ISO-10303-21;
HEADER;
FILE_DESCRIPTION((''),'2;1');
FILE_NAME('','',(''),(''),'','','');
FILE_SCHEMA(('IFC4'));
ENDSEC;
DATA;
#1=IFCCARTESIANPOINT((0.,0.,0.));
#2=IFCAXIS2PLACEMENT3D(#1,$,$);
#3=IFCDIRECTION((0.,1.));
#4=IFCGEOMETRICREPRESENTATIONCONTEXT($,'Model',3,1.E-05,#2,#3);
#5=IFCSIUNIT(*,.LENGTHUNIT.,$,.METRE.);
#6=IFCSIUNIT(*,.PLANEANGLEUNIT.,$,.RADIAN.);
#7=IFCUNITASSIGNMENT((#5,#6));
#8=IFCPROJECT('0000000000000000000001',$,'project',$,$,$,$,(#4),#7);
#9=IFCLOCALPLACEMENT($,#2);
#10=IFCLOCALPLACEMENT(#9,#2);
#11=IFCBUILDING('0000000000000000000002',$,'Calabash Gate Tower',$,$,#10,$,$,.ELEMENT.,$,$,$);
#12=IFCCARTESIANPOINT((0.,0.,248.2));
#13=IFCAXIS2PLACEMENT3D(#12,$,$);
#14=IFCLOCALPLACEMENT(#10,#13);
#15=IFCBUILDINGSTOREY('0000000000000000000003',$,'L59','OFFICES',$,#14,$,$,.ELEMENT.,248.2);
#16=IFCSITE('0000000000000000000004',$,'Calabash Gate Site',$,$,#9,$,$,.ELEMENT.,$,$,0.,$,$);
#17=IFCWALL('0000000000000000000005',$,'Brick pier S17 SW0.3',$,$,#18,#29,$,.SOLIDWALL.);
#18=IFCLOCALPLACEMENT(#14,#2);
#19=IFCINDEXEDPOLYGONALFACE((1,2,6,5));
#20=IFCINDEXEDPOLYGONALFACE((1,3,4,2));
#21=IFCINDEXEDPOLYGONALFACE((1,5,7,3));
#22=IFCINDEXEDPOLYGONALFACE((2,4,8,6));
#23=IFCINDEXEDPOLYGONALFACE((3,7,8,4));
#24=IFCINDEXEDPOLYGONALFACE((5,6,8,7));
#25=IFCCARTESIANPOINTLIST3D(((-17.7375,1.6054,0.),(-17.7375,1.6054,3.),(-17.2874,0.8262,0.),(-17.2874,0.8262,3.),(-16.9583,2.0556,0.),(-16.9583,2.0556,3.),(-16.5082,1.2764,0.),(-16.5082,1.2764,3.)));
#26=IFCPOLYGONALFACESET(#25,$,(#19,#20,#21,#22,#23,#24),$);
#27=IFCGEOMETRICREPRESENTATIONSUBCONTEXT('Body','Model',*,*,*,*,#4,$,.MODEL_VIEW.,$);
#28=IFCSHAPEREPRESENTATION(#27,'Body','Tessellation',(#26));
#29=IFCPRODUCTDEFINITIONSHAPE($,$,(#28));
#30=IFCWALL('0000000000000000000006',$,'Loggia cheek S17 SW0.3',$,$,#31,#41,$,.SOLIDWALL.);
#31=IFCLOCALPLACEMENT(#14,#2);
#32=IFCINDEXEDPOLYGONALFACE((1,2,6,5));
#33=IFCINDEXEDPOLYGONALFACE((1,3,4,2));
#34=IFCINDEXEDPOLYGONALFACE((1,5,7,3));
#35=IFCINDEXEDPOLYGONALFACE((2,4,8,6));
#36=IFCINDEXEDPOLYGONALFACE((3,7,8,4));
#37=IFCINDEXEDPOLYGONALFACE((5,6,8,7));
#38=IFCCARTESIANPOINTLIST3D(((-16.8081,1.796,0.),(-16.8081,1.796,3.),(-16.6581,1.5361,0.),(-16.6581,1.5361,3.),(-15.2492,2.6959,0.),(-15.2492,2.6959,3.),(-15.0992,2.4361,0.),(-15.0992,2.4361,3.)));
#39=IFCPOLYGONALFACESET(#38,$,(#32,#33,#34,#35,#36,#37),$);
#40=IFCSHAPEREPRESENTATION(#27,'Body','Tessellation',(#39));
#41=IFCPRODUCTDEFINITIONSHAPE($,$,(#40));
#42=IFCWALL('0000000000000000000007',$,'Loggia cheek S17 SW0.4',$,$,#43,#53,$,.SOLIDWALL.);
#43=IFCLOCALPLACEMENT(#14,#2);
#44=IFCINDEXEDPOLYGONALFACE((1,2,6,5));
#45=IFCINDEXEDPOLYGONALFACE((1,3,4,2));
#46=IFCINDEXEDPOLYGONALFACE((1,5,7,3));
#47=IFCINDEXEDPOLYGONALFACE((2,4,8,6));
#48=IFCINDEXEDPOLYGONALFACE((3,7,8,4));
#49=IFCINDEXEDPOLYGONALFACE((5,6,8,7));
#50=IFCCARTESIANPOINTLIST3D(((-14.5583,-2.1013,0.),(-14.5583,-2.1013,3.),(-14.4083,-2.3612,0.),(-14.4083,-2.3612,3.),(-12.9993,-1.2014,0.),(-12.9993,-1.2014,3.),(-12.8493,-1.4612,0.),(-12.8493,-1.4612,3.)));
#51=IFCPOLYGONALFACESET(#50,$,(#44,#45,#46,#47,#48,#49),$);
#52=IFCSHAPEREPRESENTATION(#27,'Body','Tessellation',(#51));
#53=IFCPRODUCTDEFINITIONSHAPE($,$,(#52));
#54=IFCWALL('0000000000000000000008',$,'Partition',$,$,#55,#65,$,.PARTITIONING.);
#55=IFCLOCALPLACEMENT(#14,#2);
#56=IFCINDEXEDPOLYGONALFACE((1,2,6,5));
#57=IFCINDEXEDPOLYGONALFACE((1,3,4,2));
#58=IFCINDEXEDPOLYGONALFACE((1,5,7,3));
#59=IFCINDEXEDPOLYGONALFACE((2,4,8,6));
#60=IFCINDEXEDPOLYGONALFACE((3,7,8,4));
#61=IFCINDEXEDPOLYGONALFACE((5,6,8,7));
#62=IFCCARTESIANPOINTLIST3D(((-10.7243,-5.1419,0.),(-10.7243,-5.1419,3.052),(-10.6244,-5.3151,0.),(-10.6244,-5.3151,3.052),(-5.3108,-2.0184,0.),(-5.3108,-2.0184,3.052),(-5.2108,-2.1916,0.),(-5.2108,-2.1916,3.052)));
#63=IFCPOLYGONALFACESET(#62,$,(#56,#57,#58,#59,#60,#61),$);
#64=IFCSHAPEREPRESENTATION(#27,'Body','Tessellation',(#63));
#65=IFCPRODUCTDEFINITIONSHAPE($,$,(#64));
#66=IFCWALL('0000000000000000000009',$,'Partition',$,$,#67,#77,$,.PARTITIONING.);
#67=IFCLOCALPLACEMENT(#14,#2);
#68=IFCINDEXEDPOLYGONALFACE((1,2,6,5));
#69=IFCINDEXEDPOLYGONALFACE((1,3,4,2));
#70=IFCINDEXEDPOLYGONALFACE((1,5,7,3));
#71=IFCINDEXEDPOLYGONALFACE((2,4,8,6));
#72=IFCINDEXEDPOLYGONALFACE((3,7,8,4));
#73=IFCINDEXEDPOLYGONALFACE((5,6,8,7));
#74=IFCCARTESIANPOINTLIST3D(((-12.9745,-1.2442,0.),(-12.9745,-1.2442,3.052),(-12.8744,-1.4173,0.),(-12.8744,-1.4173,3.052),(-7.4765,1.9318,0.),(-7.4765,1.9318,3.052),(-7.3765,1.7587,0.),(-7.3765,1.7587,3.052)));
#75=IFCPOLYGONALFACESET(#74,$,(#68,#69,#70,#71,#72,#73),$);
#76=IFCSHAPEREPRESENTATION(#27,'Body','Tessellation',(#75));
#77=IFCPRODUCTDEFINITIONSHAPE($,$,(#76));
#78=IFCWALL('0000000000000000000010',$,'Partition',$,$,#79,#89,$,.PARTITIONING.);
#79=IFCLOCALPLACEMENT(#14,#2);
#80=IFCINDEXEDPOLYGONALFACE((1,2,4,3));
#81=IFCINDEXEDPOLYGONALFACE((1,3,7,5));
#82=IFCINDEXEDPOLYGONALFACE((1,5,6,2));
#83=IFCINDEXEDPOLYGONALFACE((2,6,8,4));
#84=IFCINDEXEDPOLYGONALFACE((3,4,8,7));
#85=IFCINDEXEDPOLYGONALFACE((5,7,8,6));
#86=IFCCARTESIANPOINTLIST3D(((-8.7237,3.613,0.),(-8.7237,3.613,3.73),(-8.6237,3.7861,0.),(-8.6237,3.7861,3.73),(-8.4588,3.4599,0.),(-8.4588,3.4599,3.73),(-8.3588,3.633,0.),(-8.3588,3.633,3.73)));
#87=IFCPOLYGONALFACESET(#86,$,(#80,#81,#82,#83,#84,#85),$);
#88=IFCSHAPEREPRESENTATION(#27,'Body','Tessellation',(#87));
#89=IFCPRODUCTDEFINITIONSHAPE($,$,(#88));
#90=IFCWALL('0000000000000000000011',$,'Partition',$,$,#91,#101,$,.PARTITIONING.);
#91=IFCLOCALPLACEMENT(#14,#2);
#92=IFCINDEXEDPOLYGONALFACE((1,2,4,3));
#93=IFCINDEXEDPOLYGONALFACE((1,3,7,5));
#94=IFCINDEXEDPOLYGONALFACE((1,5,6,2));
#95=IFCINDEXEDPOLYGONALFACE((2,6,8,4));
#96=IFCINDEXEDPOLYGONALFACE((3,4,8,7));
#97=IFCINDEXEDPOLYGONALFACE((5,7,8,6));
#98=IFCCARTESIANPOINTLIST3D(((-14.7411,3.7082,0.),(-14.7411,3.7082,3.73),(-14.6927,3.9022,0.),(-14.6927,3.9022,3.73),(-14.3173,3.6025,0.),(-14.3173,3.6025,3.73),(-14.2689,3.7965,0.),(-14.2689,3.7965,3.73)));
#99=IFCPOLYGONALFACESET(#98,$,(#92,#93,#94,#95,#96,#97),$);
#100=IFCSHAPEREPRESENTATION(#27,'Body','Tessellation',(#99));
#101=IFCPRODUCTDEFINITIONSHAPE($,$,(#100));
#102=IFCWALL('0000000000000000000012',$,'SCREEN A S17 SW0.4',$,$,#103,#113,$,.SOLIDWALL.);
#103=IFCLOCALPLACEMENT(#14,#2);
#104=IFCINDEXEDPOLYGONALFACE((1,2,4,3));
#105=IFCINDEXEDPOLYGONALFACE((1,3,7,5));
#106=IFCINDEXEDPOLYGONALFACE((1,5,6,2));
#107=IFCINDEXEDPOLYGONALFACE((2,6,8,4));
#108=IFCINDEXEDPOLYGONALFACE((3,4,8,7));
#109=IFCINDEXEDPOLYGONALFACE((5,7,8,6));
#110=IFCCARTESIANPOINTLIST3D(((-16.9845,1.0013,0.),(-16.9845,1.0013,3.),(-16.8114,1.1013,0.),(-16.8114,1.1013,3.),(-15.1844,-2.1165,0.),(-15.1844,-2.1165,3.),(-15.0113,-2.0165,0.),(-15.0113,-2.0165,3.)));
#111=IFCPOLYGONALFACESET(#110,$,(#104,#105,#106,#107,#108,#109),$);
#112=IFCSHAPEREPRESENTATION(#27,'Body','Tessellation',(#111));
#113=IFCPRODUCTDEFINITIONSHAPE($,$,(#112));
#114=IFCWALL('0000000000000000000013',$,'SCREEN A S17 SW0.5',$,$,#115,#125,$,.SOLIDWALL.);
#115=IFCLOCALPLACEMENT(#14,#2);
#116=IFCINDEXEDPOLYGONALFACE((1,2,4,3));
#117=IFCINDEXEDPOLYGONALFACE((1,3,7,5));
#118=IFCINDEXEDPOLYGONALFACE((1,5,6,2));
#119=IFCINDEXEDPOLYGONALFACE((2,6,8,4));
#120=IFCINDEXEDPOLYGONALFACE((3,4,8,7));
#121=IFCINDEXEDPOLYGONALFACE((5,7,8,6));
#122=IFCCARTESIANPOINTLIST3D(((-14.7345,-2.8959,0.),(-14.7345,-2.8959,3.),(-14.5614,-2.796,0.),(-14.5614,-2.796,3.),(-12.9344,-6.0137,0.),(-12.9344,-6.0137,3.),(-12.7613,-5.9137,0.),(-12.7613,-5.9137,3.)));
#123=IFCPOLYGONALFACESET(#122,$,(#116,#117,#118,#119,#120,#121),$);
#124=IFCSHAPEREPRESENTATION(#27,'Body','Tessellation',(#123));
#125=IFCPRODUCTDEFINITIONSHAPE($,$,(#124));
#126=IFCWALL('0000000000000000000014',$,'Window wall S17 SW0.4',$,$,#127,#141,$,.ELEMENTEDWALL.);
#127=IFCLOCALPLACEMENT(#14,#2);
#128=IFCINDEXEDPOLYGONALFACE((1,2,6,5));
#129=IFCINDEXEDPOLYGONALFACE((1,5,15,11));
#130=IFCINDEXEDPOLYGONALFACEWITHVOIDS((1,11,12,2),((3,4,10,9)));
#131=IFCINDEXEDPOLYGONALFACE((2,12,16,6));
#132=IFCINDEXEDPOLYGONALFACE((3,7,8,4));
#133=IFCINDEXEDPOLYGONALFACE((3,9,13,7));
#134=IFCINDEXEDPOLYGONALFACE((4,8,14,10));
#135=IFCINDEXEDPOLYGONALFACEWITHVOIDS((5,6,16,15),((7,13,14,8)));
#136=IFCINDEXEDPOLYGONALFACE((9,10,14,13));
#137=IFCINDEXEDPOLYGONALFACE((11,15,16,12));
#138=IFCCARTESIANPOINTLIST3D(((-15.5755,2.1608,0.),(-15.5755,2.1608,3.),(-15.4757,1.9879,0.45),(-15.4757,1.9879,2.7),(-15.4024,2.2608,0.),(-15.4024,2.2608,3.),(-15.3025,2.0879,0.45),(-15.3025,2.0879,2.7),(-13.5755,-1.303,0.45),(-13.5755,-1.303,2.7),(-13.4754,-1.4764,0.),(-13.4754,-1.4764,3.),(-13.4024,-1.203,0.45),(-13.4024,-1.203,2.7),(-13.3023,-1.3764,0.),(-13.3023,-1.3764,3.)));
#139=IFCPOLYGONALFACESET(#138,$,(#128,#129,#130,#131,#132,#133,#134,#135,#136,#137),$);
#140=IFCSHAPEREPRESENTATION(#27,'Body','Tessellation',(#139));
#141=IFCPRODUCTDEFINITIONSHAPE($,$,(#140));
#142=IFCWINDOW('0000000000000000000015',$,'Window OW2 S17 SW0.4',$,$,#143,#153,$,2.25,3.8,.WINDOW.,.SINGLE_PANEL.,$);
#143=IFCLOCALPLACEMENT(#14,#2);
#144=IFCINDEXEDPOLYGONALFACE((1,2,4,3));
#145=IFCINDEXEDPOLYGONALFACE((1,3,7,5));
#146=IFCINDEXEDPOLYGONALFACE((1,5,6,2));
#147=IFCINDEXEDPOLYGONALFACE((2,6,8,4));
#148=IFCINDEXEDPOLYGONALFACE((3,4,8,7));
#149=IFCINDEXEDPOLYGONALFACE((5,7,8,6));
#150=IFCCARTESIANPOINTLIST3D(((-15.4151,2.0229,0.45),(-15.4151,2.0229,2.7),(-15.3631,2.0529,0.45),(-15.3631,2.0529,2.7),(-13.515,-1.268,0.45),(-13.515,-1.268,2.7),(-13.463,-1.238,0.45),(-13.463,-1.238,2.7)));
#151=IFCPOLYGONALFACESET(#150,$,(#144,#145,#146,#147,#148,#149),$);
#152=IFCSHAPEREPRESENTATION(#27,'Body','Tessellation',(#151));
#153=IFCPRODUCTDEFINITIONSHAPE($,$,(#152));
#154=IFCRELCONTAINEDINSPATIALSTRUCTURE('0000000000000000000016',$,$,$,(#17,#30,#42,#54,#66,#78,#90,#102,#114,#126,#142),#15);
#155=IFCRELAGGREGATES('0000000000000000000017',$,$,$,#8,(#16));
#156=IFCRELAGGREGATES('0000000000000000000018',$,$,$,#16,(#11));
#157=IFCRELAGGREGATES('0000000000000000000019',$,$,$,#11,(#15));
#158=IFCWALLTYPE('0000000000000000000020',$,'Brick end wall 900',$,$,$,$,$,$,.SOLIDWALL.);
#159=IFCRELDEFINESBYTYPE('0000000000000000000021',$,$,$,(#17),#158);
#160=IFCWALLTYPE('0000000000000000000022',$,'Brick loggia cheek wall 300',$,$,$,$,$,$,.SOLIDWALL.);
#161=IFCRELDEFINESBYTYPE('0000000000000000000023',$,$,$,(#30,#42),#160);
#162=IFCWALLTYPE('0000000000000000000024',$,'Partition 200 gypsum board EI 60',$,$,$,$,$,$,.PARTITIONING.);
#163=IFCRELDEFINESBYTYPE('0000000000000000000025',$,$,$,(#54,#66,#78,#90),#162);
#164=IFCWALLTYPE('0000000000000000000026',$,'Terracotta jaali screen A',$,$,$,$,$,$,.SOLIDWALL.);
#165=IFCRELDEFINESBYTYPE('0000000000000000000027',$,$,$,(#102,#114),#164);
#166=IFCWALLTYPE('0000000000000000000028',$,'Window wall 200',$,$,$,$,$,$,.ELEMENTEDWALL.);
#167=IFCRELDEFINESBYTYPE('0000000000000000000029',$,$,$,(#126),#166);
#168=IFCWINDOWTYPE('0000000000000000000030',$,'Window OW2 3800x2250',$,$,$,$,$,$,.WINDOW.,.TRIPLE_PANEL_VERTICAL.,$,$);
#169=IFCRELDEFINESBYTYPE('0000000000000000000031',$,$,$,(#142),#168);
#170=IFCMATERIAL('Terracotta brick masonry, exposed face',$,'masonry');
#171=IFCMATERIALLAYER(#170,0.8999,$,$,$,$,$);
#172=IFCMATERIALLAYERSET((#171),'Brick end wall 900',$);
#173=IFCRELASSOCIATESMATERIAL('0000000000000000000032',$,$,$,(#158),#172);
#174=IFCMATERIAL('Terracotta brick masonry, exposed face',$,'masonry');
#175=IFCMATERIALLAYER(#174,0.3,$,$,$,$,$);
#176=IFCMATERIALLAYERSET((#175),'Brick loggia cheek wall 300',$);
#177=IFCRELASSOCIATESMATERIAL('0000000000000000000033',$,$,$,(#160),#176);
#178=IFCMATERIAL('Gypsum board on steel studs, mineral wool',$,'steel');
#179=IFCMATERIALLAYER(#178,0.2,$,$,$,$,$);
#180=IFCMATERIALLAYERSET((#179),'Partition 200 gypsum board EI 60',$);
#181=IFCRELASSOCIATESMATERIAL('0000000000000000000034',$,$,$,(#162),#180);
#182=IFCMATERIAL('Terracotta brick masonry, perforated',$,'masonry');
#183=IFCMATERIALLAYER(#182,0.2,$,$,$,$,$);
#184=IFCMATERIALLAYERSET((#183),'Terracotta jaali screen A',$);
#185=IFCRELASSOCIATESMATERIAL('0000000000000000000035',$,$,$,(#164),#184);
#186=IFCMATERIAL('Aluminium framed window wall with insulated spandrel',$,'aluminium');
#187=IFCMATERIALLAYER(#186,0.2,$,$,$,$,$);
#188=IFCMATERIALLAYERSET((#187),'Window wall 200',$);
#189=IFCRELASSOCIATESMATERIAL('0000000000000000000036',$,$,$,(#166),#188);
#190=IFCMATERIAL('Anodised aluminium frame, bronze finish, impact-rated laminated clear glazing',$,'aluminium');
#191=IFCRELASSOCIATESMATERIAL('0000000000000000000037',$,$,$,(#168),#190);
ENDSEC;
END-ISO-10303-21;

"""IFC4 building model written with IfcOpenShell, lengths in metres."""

from ifc_helpers import new_model, si_unit, direction, frame, frame_2d, origin, place, context, subcontext, project, spatial, rectangle, extrude, material, layer, layer_set, type_object, element, fill, save


model = new_model("IFC4")

# Units and contexts
model_context = context("Model", 3, precision=1e-05, world=origin(), true_north=direction((0.0, 1.0)))
body_context = subcontext(model_context, "Body", "Model", "MODEL_VIEW")
ifc_project = project(units=[si_unit("LENGTHUNIT", "METRE"), si_unit("PLANEANGLEUNIT", "RADIAN")], contexts=[model_context])

# Site, building, storey
site_placement = place(None, origin())
site = spatial("IfcSite", under=ifc_project, at=site_placement, Name="Calabash Gate Site", CompositionType="ELEMENT", RefElevation=0.0)
building_placement = place(site_placement, origin())
building = spatial("IfcBuilding", under=site, at=building_placement, Name="Calabash Gate Tower", CompositionType="ELEMENT")
storey_placement = place(building_placement, frame((0.0, 0.0, 248.2)))
storey = spatial("IfcBuildingStorey", under=building, at=storey_placement, Name="L59", Description="OFFICES", CompositionType="ELEMENT", Elevation=248.2)

# Walls
ifc_material_1 = material(Name="Terracotta brick masonry, exposed face", Category="masonry")
ifc_layer_1 = layer(ifc_material_1, 0.8999)
ifc_layer_set_1 = layer_set([ifc_layer_1], Name="Brick end wall 900")
wall_type_1 = type_object("IfcWallType", Name="Brick end wall 900", PredefinedType="SOLIDWALL", material=ifc_layer_set_1)
wall_1_placement = place(storey_placement, frame((-17.5125, 1.2158, 0.0), z_axis=(0.0, 0.0, 1.0), x_axis=(0.865896, 0.500223, 0.0)))
element("IfcWall", 1, at=wall_1_placement, inside=storey, type_object=wall_type_1, Name="Brick pier S17 SW0.3", PredefinedType="SOLIDWALL", context=body_context, shape_type="SweptSolid", body=[
    extrude(rectangle(XDim=0.8999, YDim=0.8999, at=frame_2d((0.45, 0.0))), origin(), (0.0, 0.0, 1.0), 3.0),
])
ifc_material_2 = material(Name="Terracotta brick masonry, exposed face", Category="masonry")
ifc_layer_2 = layer(ifc_material_2, 0.3)
ifc_layer_set_2 = layer_set([ifc_layer_2], Name="Brick loggia cheek wall 300")
wall_type_2 = type_object("IfcWallType", Name="Brick loggia cheek wall 300", PredefinedType="SOLIDWALL", material=ifc_layer_set_2)
for number, where, z_axis, x_axis, name in (
    (2, (-15.1743, 2.5659, 0.0), (0.0, 0.0, 1.0), (-0.866048, -0.499961, 0.0), "Loggia cheek S17 SW0.3"),
    (3, (-14.4832, -2.2312, 0.0), (0.0, 0.0, 1.0), (0.866048, 0.499961, 0.0), "Loggia cheek S17 SW0.4"),
):
    element("IfcWall", number, at=place(storey_placement, frame(where, z_axis=z_axis, x_axis=x_axis)), inside=storey, type_object=wall_type_2, Name=name, PredefinedType="SOLIDWALL", context=body_context, shape_type="SweptSolid", body=[
        extrude(rectangle(XDim=1.8, YDim=0.3, at=frame_2d((0.8999, 0.0))), origin(), (0.0, 0.0, 1.0), 3.0),
    ])
ifc_material_3 = material(Name="Gypsum board on steel studs, mineral wool", Category="steel")
ifc_layer_3 = layer(ifc_material_3, 0.2)
ifc_layer_set_3 = layer_set([ifc_layer_3], Name="Partition 200 gypsum board EI 60")
wall_type_3 = type_object("IfcWallType", Name="Partition 200 gypsum board EI 60", PredefinedType="PARTITIONING", material=ifc_layer_set_3)
wall_2_placement = place(storey_placement, frame((-10.6743, -5.2285, 0.0), z_axis=(0.0, 0.0, 1.0), x_axis=(0.866163, 0.499761, 0.0)))
element("IfcWall", 4, at=wall_2_placement, inside=storey, type_object=wall_type_3, Name="Partition", PredefinedType="PARTITIONING", context=body_context, shape_type="SweptSolid", body=[
    extrude(rectangle(XDim=6.25, YDim=0.2, at=frame_2d((3.125, 0.0))), origin(), (0.0, 0.0, 1.0), 3.052),
])
wall_3_placement = place(storey_placement, frame((-12.9246, -1.3308, 0.0), z_axis=(0.0, 0.0, 1.0), x_axis=(0.865908, 0.500204, 0.0)))
element("IfcWall", 5, at=wall_3_placement, inside=storey, type_object=wall_type_3, Name="Partition", PredefinedType="PARTITIONING", context=body_context, shape_type="SweptSolid", body=[
    extrude(rectangle(XDim=6.3494, YDim=0.2, at=frame_2d((3.1748, 0.0))), origin(), (0.0, 0.0, 1.0), 3.052),
])
wall_4_placement = place(storey_placement, frame((-8.6736, 3.6995, 0.0), z_axis=(0.0, 0.0, 1.0), x_axis=(0.865827, -0.500344, 0.0)))
element("IfcWall", 6, at=wall_4_placement, inside=storey, type_object=wall_type_3, Name="Partition", PredefinedType="PARTITIONING", context=body_context, shape_type="SweptSolid", body=[
    extrude(rectangle(XDim=0.3059, YDim=0.2, at=frame_2d((0.1528, 0.0))), origin(), (0.0, 0.0, 1.0), 3.73),
])
wall_5_placement = place(storey_placement, frame((-14.7168, 3.8052, 0.0), z_axis=(0.0, 0.0, 1.0), x_axis=(0.970274, -0.24201, 0.0)))
element("IfcWall", 7, at=wall_5_placement, inside=storey, type_object=wall_type_3, Name="Partition", PredefinedType="PARTITIONING", context=body_context, shape_type="SweptSolid", body=[
    extrude(rectangle(XDim=0.4368, YDim=0.2, at=frame_2d((0.2183, 0.0))), origin(), (0.0, 0.0, 1.0), 3.73),
])

# Walls
ifc_material_4 = material(Name="Terracotta brick masonry, perforated", Category="masonry")
ifc_layer_4 = layer(ifc_material_4, 0.2)
ifc_layer_set_4 = layer_set([ifc_layer_4], Name="Terracotta jaali screen A")
wall_type_4 = type_object("IfcWallType", Name="Terracotta jaali screen A", PredefinedType="SOLIDWALL", material=ifc_layer_set_4)
for number, where, z_axis, x_axis, name in (
    (8, (-16.8979, 1.0513, 0.0), (0.0, 0.0, 1.0), (0.500012, -0.866018, 0.0), "SCREEN A S17 SW0.4"),
    (9, (-14.6479, -2.8459, 0.0), (0.0, 0.0, 1.0), (0.500012, -0.866018, 0.0), "SCREEN A S17 SW0.5"),
):
    element("IfcWall", number, at=place(storey_placement, frame(where, z_axis=z_axis, x_axis=x_axis)), inside=storey, type_object=wall_type_4, Name=name, PredefinedType="SOLIDWALL", context=body_context, shape_type="SweptSolid", body=[
        extrude(rectangle(XDim=3.6001, YDim=0.2, at=frame_2d((1.8, 0.0))), origin(), (0.0, 0.0, 1.0), 3.0),
    ])

# Wall, opening, window
ifc_material_5 = material(Name="Aluminium framed window wall with insulated spandrel", Category="aluminium")
ifc_layer_5 = layer(ifc_material_5, 0.2)
ifc_layer_set_5 = layer_set([ifc_layer_5], Name="Window wall 200")
wall_type_5 = type_object("IfcWallType", Name="Window wall 200", PredefinedType="ELEMENTEDWALL", material=ifc_layer_set_5)
wall_6_placement = place(storey_placement, frame((-15.489, 2.2109, 0.0), z_axis=(0.0, 0.0, 1.0), x_axis=(0.500028, -0.866009, 0.0)))
wall_6 = element("IfcWall", 10, at=wall_6_placement, inside=storey, type_object=wall_type_5, Name="Window wall S17 SW0.4", PredefinedType="ELEMENTEDWALL", context=body_context, shape_type="SweptSolid", body=[
    extrude(rectangle(XDim=4.2, YDim=0.2, at=frame_2d((2.1001, 0.0))), origin(), (0.0, 0.0, 1.0), 3.0),
])
opening_1_placement = place(wall_6_placement, frame((0.2, 0.0, 0.45)))
opening_1 = element("IfcOpeningElement", 11, at=opening_1_placement, cuts=wall_6, PredefinedType="OPENING", context=body_context, shape_type="SweptSolid", body=[
    extrude(rectangle(XDim=3.8, YDim=2.25, at=frame_2d((1.8999, 1.125))), frame((0.0, 0.1099, 0.0), z_axis=(0.0, -1.0, 0.0), x_axis=(1.0, 0.0, 0.0)), (0.0, 0.0, 1.0), 0.22),
])
ifc_material_6 = material(Name="Anodised aluminium frame, bronze finish, impact-rated laminated clear glazing", Category="aluminium")
window_type_1 = type_object("IfcWindowType", Name="Window OW2 3800x2250", PartitioningType="TRIPLE_PANEL_VERTICAL", PredefinedType="WINDOW", material=ifc_material_6)
window_1_placement = place(opening_1_placement, origin())
window_1 = element("IfcWindow", 12, at=window_1_placement, inside=storey, type_object=window_type_1, Name="Window OW2 S17 SW0.4", OverallHeight=2.25, OverallWidth=3.8, PartitioningType="SINGLE_PANEL", PredefinedType="WINDOW", context=body_context, shape_type="SweptSolid", body=[
    extrude(rectangle(XDim=3.8, YDim=2.25, at=frame_2d((1.8999, 1.125))), frame((0.0, 0.03, 0.0), z_axis=(0.0, -1.0, 0.0), x_axis=(1.0, 0.0, 0.0)), (0.0, 0.0, 1.0), 0.0601),
])
fill(opening_1, window_1)

save(model, "model.ifc")
